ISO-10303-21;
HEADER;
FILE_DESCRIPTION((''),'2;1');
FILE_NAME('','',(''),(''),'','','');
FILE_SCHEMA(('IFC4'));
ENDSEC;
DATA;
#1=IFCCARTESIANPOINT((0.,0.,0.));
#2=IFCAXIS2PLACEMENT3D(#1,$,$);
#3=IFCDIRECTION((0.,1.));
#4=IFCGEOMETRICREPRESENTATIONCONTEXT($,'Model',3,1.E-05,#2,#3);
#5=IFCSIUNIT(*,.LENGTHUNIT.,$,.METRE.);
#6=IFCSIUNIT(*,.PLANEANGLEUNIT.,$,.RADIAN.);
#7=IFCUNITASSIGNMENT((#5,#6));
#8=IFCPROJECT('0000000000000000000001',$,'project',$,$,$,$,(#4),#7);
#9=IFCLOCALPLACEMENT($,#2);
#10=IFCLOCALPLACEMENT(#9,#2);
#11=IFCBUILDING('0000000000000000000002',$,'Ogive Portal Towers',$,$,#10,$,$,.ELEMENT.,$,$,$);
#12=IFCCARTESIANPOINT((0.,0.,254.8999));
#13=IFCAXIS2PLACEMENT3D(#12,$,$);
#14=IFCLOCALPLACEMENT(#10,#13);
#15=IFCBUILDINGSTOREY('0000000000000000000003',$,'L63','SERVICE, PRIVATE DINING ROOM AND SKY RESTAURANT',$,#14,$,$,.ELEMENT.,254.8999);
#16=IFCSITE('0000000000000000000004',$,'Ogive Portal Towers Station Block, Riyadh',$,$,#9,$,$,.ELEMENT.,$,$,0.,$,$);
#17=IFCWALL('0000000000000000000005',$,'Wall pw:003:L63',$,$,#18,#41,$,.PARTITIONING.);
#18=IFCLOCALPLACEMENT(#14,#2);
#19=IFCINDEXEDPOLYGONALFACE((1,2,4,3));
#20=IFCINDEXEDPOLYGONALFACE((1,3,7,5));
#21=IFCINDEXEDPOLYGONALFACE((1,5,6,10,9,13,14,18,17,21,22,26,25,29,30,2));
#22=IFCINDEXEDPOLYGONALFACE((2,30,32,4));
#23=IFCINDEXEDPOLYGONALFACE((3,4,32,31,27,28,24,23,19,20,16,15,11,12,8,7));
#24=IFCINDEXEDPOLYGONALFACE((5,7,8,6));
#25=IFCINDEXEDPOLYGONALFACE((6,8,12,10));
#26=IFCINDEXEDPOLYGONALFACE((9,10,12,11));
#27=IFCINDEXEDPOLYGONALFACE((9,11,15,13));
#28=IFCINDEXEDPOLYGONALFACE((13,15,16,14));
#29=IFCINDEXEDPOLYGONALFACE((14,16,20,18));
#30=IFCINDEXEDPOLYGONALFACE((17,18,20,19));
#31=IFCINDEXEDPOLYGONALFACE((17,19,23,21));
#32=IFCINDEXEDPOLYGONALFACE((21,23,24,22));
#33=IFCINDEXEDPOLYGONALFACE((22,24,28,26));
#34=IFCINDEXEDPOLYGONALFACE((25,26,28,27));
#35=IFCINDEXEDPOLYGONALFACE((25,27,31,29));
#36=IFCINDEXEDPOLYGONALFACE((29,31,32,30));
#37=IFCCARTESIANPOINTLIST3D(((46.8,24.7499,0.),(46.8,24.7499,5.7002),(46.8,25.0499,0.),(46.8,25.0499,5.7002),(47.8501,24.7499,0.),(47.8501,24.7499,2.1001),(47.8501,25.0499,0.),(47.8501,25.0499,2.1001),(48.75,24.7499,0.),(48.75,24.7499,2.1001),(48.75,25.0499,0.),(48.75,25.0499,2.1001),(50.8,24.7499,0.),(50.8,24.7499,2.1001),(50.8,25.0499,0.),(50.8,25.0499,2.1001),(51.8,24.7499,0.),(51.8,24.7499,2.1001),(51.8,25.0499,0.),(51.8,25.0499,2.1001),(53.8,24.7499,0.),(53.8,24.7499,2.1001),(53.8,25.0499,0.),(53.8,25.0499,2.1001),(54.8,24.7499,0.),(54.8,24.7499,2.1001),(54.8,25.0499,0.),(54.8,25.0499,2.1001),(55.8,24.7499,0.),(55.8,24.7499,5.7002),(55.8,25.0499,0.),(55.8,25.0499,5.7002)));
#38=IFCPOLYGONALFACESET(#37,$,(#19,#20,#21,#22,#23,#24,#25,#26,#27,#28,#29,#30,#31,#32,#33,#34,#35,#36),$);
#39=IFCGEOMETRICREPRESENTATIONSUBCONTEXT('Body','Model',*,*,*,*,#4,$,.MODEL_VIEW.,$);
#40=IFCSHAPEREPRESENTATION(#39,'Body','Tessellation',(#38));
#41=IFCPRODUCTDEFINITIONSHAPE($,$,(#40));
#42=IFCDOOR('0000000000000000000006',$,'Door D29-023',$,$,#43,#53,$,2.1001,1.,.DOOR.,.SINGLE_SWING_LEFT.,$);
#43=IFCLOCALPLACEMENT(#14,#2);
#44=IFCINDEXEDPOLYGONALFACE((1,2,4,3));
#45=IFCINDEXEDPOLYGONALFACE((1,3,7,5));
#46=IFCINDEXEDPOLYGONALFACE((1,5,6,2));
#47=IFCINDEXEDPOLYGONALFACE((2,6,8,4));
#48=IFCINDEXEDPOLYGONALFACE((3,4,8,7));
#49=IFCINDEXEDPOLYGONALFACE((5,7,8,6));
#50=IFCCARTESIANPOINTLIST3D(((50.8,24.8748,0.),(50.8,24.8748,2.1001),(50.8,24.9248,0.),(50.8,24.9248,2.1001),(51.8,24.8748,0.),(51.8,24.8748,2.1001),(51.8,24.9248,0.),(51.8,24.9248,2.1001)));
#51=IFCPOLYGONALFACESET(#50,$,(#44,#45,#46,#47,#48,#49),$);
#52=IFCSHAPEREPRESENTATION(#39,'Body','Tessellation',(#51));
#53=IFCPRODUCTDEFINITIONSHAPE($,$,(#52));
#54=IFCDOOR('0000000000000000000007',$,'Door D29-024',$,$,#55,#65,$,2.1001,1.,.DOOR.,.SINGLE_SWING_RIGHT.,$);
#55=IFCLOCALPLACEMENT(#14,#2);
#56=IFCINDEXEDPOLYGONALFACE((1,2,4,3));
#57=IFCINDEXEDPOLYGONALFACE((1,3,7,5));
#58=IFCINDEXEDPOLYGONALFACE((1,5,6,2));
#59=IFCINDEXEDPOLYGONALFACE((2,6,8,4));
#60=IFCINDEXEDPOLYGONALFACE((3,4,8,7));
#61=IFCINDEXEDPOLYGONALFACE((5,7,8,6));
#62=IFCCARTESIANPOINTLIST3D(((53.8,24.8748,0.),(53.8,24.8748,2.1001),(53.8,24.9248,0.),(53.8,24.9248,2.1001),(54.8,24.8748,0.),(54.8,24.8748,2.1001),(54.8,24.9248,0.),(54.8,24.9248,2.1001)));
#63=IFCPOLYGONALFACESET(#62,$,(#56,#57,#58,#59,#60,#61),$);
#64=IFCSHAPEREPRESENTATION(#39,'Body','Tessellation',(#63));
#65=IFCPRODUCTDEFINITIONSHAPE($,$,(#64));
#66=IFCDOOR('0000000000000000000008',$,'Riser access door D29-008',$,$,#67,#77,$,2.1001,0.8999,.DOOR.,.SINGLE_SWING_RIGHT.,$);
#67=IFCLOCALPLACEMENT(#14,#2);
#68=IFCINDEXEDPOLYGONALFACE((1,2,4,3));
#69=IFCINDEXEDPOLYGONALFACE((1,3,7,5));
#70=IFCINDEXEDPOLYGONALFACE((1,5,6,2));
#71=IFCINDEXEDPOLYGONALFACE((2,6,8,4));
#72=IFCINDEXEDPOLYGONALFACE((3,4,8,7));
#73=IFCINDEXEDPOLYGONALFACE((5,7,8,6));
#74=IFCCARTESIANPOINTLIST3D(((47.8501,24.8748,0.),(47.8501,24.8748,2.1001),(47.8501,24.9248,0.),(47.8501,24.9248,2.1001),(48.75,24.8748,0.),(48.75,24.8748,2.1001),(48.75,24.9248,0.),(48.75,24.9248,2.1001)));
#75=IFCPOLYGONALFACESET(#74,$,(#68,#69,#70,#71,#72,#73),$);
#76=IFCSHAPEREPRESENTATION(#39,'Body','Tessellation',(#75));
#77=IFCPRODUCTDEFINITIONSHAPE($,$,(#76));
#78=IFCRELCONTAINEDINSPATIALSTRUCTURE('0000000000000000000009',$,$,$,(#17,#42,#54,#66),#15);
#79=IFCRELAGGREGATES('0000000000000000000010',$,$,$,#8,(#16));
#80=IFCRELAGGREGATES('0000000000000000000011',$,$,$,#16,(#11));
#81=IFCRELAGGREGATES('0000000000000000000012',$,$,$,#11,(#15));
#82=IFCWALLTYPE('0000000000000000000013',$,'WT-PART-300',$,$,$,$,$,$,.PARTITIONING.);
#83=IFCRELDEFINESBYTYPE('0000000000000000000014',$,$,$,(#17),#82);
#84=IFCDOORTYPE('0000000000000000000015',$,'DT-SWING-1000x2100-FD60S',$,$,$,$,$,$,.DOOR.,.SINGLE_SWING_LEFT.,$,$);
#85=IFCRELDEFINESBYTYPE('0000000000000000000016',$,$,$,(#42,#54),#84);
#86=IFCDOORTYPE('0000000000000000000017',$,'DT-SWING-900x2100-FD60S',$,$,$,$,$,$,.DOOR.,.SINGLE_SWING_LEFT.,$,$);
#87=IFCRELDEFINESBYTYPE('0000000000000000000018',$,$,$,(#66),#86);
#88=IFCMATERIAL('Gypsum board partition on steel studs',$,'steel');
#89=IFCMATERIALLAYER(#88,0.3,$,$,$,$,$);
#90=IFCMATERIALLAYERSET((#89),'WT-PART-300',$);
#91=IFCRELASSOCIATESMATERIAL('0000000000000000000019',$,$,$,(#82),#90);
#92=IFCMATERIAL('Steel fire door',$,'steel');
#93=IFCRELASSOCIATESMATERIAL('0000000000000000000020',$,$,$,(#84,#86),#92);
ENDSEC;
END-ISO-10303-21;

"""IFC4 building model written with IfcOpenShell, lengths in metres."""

from ifc_helpers import new_model, si_unit, direction, frame, frame_2d, origin, place, context, subcontext, project, spatial, rectangle, extrude, material, layer, layer_set, type_object, element, fill, save


model = new_model("IFC4")

# Units and contexts
model_context = context("Model", 3, precision=1e-05, world=origin(), true_north=direction((0.0, 1.0)))
body_context = subcontext(model_context, "Body", "Model", "MODEL_VIEW")
ifc_project = project(units=[si_unit("LENGTHUNIT", "METRE"), si_unit("PLANEANGLEUNIT", "RADIAN")], contexts=[model_context])

# Site, building, storey
site_placement = place(None, origin())
site = spatial("IfcSite", under=ifc_project, at=site_placement, Name="Ogive Portal Towers Station Block, Riyadh", CompositionType="ELEMENT", RefElevation=0.0)
building_placement = place(site_placement, origin())
building = spatial("IfcBuilding", under=site, at=building_placement, Name="Ogive Portal Towers", CompositionType="ELEMENT")
storey_placement = place(building_placement, frame((0.0, 0.0, 254.8999)))
storey = spatial("IfcBuildingStorey", under=building, at=storey_placement, Name="L63", Description="SERVICE, PRIVATE DINING ROOM AND SKY RESTAURANT", CompositionType="ELEMENT", Elevation=254.8999)

# Shared definitions
ifc_material_1 = material(Name="Steel fire door", Category="steel")
ifc_material_2 = material(Name="Gypsum board partition on steel studs", Category="steel")
ifc_layer_1 = layer(ifc_material_2, 0.3)
ifc_layer_set_1 = layer_set([ifc_layer_1], Name="WT-PART-300")
wall_type_1 = type_object("IfcWallType", Name="WT-PART-300", PredefinedType="PARTITIONING", material=ifc_layer_set_1)
door_type_1 = type_object("IfcDoorType", Name="DT-SWING-1000x2100-FD60S", OperationType="SINGLE_SWING_LEFT", PredefinedType="DOOR", material=ifc_material_1)

# Wall, openings, doors
wall_1_placement = place(storey_placement, frame((46.8, 24.8999, 0.0), z_axis=(0.0, 0.0, 1.0), x_axis=(1.0, 0.0, 0.0)))
wall_1 = element("IfcWall", 1, at=wall_1_placement, inside=storey, type_object=wall_type_1, Name="Wall pw:003:L63", PredefinedType="PARTITIONING", context=body_context, shape_type="SweptSolid", body=[
    extrude(rectangle(XDim=9.0, YDim=0.3, at=frame_2d((4.5, 0.0))), origin(), (0.0, 0.0, 1.0), 5.7002),
])
opening_1_placement = place(wall_1_placement, frame((1.05, 0.0, 0.0)))
opening_1 = element("IfcOpeningElement", 2, at=opening_1_placement, cuts=wall_1, PredefinedType="OPENING", context=body_context, shape_type="SweptSolid", body=[
    extrude(rectangle(XDim=0.8999, YDim=2.1001, at=frame_2d((0.45, 1.05))), frame((0.0, 0.1602, 0.0), z_axis=(0.0, -1.0, 0.0), x_axis=(1.0, 0.0, 0.0)), (0.0, 0.0, 1.0), 0.3201),
])
opening_2_placement = place(wall_1_placement, frame((4.0, 0.0, 0.0)))
opening_2 = element("IfcOpeningElement", 3, at=opening_2_placement, cuts=wall_1, PredefinedType="OPENING", context=body_context, shape_type="SweptSolid", body=[
    extrude(rectangle(XDim=1.0, YDim=2.1001, at=frame_2d((0.5, 1.05))), frame((0.0, 0.1602, 0.0), z_axis=(0.0, -1.0, 0.0), x_axis=(1.0, 0.0, 0.0)), (0.0, 0.0, 1.0), 0.3201),
])
opening_3_placement = place(wall_1_placement, frame((7.0, 0.0, 0.0)))
opening_3 = element("IfcOpeningElement", 4, at=opening_3_placement, cuts=wall_1, PredefinedType="OPENING", context=body_context, shape_type="SweptSolid", body=[
    extrude(rectangle(XDim=1.0, YDim=2.1001, at=frame_2d((0.5, 1.05))), frame((0.0, 0.1602, 0.0), z_axis=(0.0, -1.0, 0.0), x_axis=(1.0, 0.0, 0.0)), (0.0, 0.0, 1.0), 0.3201),
])
door_1_placement = place(opening_2_placement, origin())
door_1 = element("IfcDoor", 5, at=door_1_placement, inside=storey, type_object=door_type_1, Name="Door D29-023", OperationType="SINGLE_SWING_LEFT", OverallHeight=2.1001, OverallWidth=1.0, PredefinedType="DOOR", context=body_context, shape_type="SweptSolid", body=[
    extrude(rectangle(XDim=1.0, YDim=2.1001, at=frame_2d((0.5, 1.05))), frame((0.0, 0.0249, 0.0), z_axis=(0.0, -1.0, 0.0), x_axis=(1.0, 0.0, 0.0)), (0.0, 0.0, 1.0), 0.05),
])
fill(opening_2, door_1)
door_2_placement = place(opening_3_placement, origin())
door_2 = element("IfcDoor", 6, at=door_2_placement, inside=storey, type_object=door_type_1, Name="Door D29-024", OperationType="SINGLE_SWING_RIGHT", OverallHeight=2.1001, OverallWidth=1.0, PredefinedType="DOOR", context=body_context, shape_type="SweptSolid", body=[
    extrude(rectangle(XDim=1.0, YDim=2.1001, at=frame_2d((0.5, 1.05))), frame((0.0, 0.0249, 0.0), z_axis=(0.0, -1.0, 0.0), x_axis=(1.0, 0.0, 0.0)), (0.0, 0.0, 1.0), 0.05),
])
fill(opening_3, door_2)
door_type_2 = type_object("IfcDoorType", Name="DT-SWING-900x2100-FD60S", OperationType="SINGLE_SWING_LEFT", PredefinedType="DOOR", material=ifc_material_1)
door_3_placement = place(opening_1_placement, origin())
door_3 = element("IfcDoor", 7, at=door_3_placement, inside=storey, type_object=door_type_2, Name="Riser access door D29-008", OperationType="SINGLE_SWING_RIGHT", OverallHeight=2.1001, OverallWidth=0.8999, PredefinedType="DOOR", context=body_context, shape_type="SweptSolid", body=[
    extrude(rectangle(XDim=0.8999, YDim=2.1001, at=frame_2d((0.45, 1.05))), frame((0.0, 0.0249, 0.0), z_axis=(0.0, -1.0, 0.0), x_axis=(1.0, 0.0, 0.0)), (0.0, 0.0, 1.0), 0.05),
])
fill(opening_1, door_3)

save(model, "model.ifc")
